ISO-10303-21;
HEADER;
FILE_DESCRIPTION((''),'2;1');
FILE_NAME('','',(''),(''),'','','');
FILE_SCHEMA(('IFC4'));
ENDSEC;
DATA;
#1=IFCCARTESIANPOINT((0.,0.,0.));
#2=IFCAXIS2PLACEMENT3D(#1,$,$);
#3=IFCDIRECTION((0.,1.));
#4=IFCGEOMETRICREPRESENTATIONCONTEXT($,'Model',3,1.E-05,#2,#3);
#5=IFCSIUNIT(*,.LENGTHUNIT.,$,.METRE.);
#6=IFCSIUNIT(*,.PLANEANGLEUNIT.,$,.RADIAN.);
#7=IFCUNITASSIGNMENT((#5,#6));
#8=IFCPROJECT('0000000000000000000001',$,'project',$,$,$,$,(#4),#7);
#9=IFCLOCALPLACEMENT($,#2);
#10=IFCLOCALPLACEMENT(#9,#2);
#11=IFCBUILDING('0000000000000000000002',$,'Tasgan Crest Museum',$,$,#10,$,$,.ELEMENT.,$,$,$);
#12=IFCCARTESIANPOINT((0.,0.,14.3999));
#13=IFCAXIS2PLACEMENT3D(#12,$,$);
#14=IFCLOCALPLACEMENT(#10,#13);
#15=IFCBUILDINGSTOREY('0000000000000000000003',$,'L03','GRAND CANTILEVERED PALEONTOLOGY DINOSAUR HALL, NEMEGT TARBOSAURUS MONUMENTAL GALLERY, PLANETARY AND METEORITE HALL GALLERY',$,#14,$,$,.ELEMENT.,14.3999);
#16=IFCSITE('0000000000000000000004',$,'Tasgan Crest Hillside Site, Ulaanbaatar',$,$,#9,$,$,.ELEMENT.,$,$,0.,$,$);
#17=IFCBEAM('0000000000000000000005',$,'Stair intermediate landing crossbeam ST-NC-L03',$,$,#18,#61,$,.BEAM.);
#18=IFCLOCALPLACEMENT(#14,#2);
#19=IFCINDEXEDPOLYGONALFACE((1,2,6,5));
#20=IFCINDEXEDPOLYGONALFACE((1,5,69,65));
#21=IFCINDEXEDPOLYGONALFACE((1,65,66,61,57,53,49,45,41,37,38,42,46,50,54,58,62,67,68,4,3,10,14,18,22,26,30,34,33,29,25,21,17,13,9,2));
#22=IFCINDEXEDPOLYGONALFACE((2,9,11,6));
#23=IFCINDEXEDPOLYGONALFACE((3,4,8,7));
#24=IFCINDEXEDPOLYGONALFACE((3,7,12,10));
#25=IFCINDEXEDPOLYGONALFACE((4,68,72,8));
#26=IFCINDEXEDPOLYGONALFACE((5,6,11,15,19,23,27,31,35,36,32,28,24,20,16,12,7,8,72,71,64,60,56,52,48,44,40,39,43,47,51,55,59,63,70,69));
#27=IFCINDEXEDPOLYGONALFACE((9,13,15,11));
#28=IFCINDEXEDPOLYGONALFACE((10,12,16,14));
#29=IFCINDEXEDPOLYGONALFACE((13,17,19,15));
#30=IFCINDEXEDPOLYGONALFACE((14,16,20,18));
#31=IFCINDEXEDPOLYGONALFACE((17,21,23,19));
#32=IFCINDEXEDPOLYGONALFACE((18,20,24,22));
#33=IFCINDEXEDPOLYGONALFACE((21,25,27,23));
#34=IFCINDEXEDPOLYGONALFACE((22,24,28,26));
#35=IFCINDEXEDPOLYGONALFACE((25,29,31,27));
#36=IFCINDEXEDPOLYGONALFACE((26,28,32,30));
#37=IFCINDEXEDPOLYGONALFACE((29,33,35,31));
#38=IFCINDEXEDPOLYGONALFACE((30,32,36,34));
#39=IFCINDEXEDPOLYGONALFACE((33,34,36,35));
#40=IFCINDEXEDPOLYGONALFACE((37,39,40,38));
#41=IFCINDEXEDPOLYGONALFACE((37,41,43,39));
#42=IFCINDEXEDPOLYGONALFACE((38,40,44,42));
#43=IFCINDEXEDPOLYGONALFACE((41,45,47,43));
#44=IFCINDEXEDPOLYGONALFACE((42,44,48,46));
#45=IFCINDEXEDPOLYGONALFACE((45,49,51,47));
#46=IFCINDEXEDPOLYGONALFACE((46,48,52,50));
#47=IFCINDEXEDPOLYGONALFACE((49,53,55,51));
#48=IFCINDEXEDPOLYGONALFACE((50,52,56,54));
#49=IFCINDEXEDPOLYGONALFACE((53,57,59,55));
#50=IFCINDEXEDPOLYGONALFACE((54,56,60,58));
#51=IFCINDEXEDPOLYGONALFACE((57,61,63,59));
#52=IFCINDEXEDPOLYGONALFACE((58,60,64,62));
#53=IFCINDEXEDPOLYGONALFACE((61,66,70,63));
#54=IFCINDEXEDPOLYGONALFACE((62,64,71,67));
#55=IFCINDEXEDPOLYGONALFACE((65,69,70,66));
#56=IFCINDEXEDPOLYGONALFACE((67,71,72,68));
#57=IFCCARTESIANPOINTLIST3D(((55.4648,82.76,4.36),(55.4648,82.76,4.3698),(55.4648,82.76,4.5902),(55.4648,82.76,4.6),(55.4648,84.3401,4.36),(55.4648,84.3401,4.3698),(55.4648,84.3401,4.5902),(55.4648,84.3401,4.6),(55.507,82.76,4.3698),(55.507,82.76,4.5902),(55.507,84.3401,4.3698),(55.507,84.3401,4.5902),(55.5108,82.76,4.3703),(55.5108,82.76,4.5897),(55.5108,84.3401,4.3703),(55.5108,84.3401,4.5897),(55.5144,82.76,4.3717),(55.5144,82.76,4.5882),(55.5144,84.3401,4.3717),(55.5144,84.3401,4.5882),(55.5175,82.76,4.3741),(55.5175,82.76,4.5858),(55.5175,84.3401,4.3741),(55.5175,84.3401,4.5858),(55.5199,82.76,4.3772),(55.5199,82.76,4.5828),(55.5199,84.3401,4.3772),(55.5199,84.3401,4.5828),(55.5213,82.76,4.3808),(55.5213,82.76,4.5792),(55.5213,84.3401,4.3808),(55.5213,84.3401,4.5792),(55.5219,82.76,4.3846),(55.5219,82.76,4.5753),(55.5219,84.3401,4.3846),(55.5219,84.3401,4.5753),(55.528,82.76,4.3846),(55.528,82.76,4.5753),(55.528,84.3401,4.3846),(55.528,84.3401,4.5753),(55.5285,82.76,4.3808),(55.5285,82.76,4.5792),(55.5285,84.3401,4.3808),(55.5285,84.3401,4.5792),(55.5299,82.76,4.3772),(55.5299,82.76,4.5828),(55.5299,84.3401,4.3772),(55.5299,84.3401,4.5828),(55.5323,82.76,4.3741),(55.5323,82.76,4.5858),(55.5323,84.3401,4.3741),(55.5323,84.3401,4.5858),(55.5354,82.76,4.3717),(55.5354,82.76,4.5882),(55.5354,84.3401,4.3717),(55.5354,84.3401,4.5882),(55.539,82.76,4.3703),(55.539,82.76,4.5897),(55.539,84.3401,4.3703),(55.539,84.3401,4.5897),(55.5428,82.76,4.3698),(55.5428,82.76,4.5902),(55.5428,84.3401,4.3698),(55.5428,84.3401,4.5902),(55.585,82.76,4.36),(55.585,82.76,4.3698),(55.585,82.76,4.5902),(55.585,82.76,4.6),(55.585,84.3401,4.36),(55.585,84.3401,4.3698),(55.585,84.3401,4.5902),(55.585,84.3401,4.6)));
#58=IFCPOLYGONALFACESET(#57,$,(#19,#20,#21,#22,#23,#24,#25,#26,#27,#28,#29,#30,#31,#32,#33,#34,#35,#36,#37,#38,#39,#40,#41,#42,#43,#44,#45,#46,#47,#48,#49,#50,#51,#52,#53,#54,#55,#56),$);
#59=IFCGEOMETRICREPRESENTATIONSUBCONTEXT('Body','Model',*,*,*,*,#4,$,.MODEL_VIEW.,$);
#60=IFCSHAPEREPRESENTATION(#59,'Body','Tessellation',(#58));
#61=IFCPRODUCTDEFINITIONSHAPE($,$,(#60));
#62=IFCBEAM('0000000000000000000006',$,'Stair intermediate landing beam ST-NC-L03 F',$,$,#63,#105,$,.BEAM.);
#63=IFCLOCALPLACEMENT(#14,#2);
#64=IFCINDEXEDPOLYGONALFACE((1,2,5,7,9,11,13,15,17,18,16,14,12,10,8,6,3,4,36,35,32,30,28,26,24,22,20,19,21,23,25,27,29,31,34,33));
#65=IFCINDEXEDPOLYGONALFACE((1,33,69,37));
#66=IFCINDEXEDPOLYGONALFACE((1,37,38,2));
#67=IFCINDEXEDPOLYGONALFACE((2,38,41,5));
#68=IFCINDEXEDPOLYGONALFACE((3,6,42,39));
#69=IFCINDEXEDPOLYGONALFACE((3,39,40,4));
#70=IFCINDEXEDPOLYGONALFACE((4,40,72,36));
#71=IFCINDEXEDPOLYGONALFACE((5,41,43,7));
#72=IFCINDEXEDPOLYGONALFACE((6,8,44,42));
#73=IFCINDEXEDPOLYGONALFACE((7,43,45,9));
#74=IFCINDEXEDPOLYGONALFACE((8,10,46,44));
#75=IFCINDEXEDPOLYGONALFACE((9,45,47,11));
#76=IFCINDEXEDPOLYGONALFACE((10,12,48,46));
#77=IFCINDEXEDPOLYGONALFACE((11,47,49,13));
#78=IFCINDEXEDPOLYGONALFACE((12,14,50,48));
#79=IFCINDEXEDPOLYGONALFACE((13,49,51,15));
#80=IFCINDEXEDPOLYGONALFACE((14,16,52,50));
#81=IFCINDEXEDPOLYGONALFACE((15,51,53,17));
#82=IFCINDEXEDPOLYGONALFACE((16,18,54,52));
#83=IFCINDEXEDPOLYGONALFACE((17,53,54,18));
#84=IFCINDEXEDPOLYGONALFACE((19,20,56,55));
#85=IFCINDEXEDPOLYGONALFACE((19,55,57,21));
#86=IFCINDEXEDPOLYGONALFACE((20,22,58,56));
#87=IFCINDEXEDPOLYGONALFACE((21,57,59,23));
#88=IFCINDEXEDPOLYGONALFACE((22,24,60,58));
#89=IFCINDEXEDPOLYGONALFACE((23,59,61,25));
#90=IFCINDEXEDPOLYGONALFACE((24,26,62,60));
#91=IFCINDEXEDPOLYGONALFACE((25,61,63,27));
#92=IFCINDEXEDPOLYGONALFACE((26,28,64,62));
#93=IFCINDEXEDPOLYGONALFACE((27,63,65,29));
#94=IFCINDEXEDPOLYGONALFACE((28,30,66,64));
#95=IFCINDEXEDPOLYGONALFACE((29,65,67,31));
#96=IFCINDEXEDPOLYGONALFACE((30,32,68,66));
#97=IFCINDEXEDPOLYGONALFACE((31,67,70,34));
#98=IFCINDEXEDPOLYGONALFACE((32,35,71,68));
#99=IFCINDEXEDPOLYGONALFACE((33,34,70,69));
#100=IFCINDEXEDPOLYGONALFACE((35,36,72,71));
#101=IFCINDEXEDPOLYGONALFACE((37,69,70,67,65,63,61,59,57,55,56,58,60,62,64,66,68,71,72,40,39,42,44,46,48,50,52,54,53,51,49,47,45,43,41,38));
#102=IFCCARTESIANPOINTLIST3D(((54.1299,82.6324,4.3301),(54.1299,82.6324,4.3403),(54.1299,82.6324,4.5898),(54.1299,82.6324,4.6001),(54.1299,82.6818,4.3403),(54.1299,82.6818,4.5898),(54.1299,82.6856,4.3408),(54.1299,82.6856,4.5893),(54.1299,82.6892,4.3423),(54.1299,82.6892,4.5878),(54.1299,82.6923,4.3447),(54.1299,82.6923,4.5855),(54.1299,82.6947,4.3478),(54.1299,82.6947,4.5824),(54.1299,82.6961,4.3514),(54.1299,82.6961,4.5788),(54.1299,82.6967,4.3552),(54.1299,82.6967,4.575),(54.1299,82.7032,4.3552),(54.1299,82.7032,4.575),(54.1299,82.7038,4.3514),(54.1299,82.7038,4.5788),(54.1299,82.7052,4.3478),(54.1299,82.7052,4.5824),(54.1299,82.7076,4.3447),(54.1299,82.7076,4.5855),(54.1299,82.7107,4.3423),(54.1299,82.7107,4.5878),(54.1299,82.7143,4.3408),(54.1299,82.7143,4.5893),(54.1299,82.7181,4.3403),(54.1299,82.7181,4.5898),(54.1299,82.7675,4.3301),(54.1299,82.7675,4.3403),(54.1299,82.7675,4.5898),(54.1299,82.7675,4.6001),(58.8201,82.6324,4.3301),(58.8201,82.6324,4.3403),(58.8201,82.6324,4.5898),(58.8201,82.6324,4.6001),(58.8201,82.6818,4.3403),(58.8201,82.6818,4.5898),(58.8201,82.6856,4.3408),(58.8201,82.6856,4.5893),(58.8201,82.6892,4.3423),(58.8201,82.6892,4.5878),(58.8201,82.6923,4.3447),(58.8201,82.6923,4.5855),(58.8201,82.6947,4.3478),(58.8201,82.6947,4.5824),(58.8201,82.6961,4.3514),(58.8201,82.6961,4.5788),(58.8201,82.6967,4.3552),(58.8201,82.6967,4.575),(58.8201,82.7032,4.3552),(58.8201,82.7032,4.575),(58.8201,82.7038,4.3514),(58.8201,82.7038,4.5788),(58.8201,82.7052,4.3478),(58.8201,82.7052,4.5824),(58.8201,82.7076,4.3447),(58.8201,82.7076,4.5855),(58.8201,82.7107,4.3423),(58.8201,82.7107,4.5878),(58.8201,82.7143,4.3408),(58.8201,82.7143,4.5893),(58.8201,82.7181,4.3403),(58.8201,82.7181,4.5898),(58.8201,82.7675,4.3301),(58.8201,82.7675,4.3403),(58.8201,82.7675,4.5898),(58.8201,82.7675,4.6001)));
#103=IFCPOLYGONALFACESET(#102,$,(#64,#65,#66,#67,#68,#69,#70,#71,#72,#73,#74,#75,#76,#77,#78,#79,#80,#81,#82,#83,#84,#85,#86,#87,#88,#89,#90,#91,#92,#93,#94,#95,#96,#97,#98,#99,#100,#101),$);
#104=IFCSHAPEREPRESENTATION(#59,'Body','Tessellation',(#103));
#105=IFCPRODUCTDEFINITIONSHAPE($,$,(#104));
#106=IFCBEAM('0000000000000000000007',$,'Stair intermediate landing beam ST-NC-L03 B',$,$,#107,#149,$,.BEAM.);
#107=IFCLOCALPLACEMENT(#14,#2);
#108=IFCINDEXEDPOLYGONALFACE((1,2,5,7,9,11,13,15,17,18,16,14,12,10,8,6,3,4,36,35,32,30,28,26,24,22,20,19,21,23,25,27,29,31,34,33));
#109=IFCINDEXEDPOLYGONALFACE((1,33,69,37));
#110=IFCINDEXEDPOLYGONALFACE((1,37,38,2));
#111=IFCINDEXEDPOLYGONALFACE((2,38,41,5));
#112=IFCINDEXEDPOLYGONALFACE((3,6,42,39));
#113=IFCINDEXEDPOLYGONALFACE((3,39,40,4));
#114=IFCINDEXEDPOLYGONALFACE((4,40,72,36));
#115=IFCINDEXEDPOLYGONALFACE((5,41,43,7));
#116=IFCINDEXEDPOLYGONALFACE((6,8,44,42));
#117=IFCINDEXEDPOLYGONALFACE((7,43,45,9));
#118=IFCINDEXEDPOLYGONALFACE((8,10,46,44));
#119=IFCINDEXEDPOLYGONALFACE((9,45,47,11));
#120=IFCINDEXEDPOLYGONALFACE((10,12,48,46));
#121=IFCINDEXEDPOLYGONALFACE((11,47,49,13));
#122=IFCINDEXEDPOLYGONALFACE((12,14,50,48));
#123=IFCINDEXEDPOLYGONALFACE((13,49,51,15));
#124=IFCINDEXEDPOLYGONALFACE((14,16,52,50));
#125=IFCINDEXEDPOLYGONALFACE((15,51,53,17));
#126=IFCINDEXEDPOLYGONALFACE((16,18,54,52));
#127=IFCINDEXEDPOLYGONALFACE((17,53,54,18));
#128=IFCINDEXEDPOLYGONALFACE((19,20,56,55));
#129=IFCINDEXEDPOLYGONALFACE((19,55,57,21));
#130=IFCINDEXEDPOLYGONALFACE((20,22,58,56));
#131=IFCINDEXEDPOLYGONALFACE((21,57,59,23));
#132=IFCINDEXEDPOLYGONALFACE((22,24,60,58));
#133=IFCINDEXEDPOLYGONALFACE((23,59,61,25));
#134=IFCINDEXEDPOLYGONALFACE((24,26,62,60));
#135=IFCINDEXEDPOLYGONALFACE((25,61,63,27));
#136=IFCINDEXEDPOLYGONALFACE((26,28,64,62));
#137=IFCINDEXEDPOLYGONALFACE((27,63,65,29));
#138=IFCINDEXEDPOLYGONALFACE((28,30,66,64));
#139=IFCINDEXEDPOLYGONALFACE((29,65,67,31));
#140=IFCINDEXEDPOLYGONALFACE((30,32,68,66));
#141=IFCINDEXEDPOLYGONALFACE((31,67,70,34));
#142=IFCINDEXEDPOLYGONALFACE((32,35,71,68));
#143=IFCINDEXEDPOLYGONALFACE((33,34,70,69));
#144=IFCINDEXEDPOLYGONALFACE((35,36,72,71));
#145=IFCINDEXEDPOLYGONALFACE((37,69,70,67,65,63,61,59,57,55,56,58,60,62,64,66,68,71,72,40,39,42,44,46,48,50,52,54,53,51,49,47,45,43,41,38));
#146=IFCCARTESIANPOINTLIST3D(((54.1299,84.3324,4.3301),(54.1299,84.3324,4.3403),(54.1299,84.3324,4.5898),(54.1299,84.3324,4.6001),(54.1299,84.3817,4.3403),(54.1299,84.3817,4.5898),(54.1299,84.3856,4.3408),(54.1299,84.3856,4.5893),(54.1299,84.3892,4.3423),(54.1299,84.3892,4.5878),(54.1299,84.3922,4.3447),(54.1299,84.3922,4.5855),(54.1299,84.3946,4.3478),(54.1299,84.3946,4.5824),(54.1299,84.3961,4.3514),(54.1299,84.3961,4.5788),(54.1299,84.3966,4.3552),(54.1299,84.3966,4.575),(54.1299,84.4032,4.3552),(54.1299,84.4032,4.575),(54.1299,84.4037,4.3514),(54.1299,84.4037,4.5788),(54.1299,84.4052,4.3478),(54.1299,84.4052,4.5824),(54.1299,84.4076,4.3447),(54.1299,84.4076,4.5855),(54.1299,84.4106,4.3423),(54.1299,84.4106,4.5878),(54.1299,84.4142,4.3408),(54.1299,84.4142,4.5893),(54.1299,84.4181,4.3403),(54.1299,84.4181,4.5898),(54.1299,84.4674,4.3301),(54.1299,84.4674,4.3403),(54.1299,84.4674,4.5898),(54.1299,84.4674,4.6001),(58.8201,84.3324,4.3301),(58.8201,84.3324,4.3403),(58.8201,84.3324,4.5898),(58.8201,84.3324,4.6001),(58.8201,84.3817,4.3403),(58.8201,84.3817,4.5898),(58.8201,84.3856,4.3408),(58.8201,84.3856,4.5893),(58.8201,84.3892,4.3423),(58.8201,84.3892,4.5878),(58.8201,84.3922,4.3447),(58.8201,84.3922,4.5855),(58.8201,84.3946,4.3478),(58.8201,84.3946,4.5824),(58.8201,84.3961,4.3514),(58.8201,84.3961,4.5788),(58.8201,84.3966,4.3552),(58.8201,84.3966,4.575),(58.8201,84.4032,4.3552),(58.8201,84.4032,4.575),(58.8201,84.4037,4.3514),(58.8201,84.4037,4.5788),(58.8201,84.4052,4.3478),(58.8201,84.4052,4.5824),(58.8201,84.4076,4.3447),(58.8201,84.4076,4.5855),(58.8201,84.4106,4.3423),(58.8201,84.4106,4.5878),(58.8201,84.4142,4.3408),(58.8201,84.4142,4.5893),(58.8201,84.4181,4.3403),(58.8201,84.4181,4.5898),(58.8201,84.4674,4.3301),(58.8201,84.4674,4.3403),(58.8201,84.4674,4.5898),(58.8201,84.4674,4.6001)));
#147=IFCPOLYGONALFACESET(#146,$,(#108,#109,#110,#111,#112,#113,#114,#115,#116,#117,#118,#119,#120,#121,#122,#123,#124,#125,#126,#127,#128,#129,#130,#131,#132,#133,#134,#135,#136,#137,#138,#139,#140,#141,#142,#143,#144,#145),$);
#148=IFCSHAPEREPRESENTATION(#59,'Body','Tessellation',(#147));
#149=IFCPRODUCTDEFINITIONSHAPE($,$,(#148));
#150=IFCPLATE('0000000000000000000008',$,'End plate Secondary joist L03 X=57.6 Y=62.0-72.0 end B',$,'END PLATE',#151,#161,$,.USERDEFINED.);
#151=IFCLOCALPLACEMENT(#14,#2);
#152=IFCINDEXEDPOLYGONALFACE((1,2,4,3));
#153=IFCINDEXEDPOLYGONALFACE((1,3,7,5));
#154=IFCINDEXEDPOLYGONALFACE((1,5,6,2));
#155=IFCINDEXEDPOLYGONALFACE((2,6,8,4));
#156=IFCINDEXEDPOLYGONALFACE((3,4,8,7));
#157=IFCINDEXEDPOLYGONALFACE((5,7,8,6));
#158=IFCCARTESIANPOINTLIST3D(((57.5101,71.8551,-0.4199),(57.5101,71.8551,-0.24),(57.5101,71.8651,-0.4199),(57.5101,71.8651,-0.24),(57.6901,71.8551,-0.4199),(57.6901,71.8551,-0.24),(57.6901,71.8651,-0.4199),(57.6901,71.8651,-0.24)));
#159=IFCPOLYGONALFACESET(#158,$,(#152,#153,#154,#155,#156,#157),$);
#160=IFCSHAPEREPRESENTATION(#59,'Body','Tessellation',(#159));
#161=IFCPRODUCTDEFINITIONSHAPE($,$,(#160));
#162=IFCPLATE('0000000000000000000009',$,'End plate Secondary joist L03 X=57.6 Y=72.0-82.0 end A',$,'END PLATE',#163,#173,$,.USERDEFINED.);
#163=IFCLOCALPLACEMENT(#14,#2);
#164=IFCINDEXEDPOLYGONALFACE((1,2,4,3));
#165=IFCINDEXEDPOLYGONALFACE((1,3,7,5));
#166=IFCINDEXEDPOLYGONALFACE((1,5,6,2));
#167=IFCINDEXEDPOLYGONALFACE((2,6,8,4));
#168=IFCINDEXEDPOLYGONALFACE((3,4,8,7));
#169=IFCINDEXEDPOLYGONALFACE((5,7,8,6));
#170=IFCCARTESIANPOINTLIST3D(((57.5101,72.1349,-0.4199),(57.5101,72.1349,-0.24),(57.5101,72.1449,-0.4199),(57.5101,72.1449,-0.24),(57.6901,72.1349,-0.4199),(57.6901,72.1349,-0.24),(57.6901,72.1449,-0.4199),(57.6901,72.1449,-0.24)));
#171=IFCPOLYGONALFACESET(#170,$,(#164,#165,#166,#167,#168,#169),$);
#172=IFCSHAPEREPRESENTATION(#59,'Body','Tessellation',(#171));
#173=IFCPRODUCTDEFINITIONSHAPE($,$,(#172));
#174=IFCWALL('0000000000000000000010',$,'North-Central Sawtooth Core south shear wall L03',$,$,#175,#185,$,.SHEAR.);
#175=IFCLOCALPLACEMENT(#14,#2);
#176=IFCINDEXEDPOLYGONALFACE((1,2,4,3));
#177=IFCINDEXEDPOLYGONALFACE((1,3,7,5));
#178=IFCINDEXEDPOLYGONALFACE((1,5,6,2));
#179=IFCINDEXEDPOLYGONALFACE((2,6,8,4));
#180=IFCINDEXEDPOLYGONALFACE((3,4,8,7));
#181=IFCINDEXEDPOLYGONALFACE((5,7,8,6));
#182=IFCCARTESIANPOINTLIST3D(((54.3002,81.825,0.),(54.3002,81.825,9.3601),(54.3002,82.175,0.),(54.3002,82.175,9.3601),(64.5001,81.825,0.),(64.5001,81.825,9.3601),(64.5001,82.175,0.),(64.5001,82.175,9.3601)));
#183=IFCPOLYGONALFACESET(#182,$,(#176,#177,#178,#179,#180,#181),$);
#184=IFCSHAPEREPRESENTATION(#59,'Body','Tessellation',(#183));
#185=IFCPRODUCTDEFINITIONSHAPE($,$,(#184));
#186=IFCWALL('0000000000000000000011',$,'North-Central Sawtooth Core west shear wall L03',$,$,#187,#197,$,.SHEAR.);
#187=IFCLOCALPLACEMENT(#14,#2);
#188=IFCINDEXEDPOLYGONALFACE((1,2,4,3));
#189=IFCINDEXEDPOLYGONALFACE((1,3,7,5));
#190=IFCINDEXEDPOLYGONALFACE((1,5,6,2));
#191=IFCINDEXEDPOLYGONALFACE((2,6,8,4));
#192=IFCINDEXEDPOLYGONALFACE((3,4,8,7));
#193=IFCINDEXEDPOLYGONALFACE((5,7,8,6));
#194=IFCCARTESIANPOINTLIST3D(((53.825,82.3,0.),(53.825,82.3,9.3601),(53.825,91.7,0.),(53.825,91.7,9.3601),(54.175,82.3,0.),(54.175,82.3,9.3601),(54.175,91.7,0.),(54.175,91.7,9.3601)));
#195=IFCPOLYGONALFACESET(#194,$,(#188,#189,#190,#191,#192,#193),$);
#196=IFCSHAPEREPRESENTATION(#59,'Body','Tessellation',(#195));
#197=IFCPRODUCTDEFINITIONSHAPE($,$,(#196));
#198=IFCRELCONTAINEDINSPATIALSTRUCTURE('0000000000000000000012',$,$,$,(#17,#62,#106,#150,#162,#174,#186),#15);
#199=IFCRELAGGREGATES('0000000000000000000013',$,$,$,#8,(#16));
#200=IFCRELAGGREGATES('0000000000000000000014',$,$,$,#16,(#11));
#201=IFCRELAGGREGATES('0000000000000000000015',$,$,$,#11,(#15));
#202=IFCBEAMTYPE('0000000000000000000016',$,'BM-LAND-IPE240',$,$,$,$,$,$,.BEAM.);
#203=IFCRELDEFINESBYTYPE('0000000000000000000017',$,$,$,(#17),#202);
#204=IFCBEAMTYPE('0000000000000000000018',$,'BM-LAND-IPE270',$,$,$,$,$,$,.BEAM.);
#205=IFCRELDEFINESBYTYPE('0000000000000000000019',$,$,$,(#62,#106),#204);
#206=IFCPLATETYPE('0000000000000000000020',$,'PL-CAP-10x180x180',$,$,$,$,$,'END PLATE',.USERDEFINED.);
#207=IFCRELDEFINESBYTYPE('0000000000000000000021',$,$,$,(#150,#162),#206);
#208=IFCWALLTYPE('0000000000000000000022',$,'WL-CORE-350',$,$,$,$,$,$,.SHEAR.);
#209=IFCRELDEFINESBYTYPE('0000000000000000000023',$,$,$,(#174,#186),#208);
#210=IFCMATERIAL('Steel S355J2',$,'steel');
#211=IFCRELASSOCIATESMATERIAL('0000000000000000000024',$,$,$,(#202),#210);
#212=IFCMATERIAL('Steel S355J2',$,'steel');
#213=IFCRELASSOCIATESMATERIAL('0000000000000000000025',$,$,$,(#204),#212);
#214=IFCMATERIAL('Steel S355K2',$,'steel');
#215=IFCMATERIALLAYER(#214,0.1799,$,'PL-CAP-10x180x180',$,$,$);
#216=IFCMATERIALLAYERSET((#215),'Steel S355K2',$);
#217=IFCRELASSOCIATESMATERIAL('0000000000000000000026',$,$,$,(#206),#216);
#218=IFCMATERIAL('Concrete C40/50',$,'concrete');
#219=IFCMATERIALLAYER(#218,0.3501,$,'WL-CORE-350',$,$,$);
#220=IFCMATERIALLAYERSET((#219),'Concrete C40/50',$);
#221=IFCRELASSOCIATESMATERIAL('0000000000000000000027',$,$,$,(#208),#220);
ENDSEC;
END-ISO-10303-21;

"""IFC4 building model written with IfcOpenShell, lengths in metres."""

from ifc_helpers import new_model, si_unit, direction, frame, frame_2d, origin, origin_2d, place, context, subcontext, project, spatial, rectangle, i_section, extrude, material, layer, layer_set, material_profile, profile_set, type_object, element, save


model = new_model("IFC4")

# Units and contexts
model_context = context("Model", 3, precision=1e-05, world=origin(), true_north=direction((0.0, 1.0)))
body_context = subcontext(model_context, "Body", "Model", "MODEL_VIEW")
ifc_project = project(units=[si_unit("LENGTHUNIT", "METRE"), si_unit("PLANEANGLEUNIT", "RADIAN")], contexts=[model_context])

# Site, building, storey
site_placement = place(None, origin())
site = spatial("IfcSite", under=ifc_project, at=site_placement, Name="Tasgan Crest Hillside Site, Ulaanbaatar", CompositionType="ELEMENT", RefElevation=0.0)
building_placement = place(site_placement, origin())
building = spatial("IfcBuilding", under=site, at=building_placement, Name="Tasgan Crest Museum", CompositionType="ELEMENT")
storey_placement = place(building_placement, frame((0.0, 0.0, 14.3999)))
storey = spatial("IfcBuildingStorey", under=building, at=storey_placement, Name="L03", Description="GRAND CANTILEVERED PALEONTOLOGY DINOSAUR HALL, NEMEGT TARBOSAURUS MONUMENTAL GALLERY, PLANETARY AND METEORITE HALL GALLERY", CompositionType="ELEMENT", Elevation=14.3999)

# Beams
ifc_material_1 = material(Name="Steel S355J2", Category="steel")
ifc_material_profile_1 = material_profile(ifc_material_1, i_section(OverallWidth=0.1201, OverallDepth=0.24, WebThickness=0.0061, FlangeThickness=0.0098, FilletRadius=0.0149, at=origin_2d()), Name="IPE 240")
ifc_profile_set_1 = profile_set([ifc_material_profile_1], Name="Steel S355J2")
beam_type_1 = type_object("IfcBeamType", Name="BM-LAND-IPE240", PredefinedType="BEAM", material=ifc_profile_set_1)
beam_1_placement = place(storey_placement, frame((55.5249, 82.76, 4.48), z_axis=(0.0, 1.0, 0.0), x_axis=(-1.0, 0.0, 0.0)))
element("IfcBeam", 1, at=beam_1_placement, inside=storey, type_object=beam_type_1, Name="Stair intermediate landing crossbeam ST-NC-L03", PredefinedType="BEAM", context=body_context, shape_type="SweptSolid", body=[
    extrude(i_section(OverallWidth=0.1201, OverallDepth=0.24, WebThickness=0.0061, FlangeThickness=0.0098, FilletRadius=0.0149, at=origin_2d()), origin(), (0.0, 0.0, 1.0), 1.5801),
])
ifc_material_2 = material(Name="Steel S355J2", Category="steel")
ifc_material_profile_2 = material_profile(ifc_material_2, i_section(OverallWidth=0.135, OverallDepth=0.27, WebThickness=0.0066, FlangeThickness=0.0103, FilletRadius=0.0149, at=origin_2d()), Name="IPE 270")
ifc_profile_set_2 = profile_set([ifc_material_profile_2], Name="Steel S355J2")
beam_type_2 = type_object("IfcBeamType", Name="BM-LAND-IPE270", PredefinedType="BEAM", material=ifc_profile_set_2)
for number, where, z_axis, x_axis, name in (
    (2, (54.1299, 82.7, 4.4651), (1.0, 0.0, 0.0), (0.0, 1.0, 0.0), "Stair intermediate landing beam ST-NC-L03 F"),
    (3, (54.1299, 84.3999, 4.4651), (1.0, 0.0, 0.0), (0.0, 1.0, 0.0), "Stair intermediate landing beam ST-NC-L03 B"),
):
    element("IfcBeam", number, at=place(storey_placement, frame(where, z_axis=z_axis, x_axis=x_axis)), inside=storey, type_object=beam_type_2, Name=name, PredefinedType="BEAM", context=body_context, shape_type="SweptSolid", body=[
        extrude(i_section(OverallWidth=0.135, OverallDepth=0.27, WebThickness=0.0066, FlangeThickness=0.0103, FilletRadius=0.0149, at=origin_2d()), origin(), (0.0, 0.0, 1.0), 4.6902),
    ])

# Plates
ifc_material_3 = material(Name="Steel S355K2", Category="steel")
ifc_layer_1 = layer(ifc_material_3, 0.1799, Name="PL-CAP-10x180x180")
ifc_layer_set_1 = layer_set([ifc_layer_1], Name="Steel S355K2")
plate_type = type_object("IfcPlateType", Name="PL-CAP-10x180x180", ElementType="END PLATE", PredefinedType="USERDEFINED", material=ifc_layer_set_1)
for number, where, z_axis, x_axis, name in (
    (4, (57.6001, 71.8601, -0.4199), (0.0, 0.0, 1.0), (0.0, 1.0, 0.0), "End plate Secondary joist L03 X=57.6 Y=62.0-72.0 end B"),
    (5, (57.6001, 72.1399, -0.4199), (0.0, 0.0, 1.0), (0.0, 1.0, 0.0), "End plate Secondary joist L03 X=57.6 Y=72.0-82.0 end A"),
):
    element("IfcPlate", number, at=place(storey_placement, frame(where, z_axis=z_axis, x_axis=x_axis)), inside=storey, type_object=plate_type, Name=name, ObjectType="END PLATE", PredefinedType="USERDEFINED", context=body_context, shape_type="SweptSolid", body=[
        extrude(rectangle(XDim=0.01, YDim=0.1799, at=origin_2d()), origin(), (0.0, 0.0, 1.0), 0.1799),
    ])

# Walls
ifc_material_4 = material(Name="Concrete C40/50", Category="concrete")
ifc_layer_2 = layer(ifc_material_4, 0.3501, Name="WL-CORE-350")
ifc_layer_set_2 = layer_set([ifc_layer_2], Name="Concrete C40/50")
wall_type_1 = type_object("IfcWallType", Name="WL-CORE-350", PredefinedType="SHEAR", material=ifc_layer_set_2)
wall_1_placement = place(storey_placement, frame((54.3, 82.0, 0.0), z_axis=(0.0, 0.0, 1.0), x_axis=(1.0, 0.0, 0.0)))
element("IfcWall", 6, at=wall_1_placement, inside=storey, type_object=wall_type_1, Name="North-Central Sawtooth Core south shear wall L03", PredefinedType="SHEAR", context=body_context, shape_type="SweptSolid", body=[
    extrude(rectangle(XDim=10.2, YDim=0.3501, at=frame_2d((5.1001, 0.0))), origin(), (0.0, 0.0, 1.0), 9.3601),
])
wall_2_placement = place(storey_placement, frame((54.0, 82.3, 0.0), z_axis=(0.0, 0.0, 1.0), x_axis=(0.0, 1.0, 0.0)))
element("IfcWall", 7, at=wall_2_placement, inside=storey, type_object=wall_type_1, Name="North-Central Sawtooth Core west shear wall L03", PredefinedType="SHEAR", context=body_context, shape_type="SweptSolid", body=[
    extrude(rectangle(XDim=9.3999, YDim=0.3501, at=frame_2d((4.7, 0.0))), origin(), (0.0, 0.0, 1.0), 9.3601),
])

save(model, "model.ifc")
